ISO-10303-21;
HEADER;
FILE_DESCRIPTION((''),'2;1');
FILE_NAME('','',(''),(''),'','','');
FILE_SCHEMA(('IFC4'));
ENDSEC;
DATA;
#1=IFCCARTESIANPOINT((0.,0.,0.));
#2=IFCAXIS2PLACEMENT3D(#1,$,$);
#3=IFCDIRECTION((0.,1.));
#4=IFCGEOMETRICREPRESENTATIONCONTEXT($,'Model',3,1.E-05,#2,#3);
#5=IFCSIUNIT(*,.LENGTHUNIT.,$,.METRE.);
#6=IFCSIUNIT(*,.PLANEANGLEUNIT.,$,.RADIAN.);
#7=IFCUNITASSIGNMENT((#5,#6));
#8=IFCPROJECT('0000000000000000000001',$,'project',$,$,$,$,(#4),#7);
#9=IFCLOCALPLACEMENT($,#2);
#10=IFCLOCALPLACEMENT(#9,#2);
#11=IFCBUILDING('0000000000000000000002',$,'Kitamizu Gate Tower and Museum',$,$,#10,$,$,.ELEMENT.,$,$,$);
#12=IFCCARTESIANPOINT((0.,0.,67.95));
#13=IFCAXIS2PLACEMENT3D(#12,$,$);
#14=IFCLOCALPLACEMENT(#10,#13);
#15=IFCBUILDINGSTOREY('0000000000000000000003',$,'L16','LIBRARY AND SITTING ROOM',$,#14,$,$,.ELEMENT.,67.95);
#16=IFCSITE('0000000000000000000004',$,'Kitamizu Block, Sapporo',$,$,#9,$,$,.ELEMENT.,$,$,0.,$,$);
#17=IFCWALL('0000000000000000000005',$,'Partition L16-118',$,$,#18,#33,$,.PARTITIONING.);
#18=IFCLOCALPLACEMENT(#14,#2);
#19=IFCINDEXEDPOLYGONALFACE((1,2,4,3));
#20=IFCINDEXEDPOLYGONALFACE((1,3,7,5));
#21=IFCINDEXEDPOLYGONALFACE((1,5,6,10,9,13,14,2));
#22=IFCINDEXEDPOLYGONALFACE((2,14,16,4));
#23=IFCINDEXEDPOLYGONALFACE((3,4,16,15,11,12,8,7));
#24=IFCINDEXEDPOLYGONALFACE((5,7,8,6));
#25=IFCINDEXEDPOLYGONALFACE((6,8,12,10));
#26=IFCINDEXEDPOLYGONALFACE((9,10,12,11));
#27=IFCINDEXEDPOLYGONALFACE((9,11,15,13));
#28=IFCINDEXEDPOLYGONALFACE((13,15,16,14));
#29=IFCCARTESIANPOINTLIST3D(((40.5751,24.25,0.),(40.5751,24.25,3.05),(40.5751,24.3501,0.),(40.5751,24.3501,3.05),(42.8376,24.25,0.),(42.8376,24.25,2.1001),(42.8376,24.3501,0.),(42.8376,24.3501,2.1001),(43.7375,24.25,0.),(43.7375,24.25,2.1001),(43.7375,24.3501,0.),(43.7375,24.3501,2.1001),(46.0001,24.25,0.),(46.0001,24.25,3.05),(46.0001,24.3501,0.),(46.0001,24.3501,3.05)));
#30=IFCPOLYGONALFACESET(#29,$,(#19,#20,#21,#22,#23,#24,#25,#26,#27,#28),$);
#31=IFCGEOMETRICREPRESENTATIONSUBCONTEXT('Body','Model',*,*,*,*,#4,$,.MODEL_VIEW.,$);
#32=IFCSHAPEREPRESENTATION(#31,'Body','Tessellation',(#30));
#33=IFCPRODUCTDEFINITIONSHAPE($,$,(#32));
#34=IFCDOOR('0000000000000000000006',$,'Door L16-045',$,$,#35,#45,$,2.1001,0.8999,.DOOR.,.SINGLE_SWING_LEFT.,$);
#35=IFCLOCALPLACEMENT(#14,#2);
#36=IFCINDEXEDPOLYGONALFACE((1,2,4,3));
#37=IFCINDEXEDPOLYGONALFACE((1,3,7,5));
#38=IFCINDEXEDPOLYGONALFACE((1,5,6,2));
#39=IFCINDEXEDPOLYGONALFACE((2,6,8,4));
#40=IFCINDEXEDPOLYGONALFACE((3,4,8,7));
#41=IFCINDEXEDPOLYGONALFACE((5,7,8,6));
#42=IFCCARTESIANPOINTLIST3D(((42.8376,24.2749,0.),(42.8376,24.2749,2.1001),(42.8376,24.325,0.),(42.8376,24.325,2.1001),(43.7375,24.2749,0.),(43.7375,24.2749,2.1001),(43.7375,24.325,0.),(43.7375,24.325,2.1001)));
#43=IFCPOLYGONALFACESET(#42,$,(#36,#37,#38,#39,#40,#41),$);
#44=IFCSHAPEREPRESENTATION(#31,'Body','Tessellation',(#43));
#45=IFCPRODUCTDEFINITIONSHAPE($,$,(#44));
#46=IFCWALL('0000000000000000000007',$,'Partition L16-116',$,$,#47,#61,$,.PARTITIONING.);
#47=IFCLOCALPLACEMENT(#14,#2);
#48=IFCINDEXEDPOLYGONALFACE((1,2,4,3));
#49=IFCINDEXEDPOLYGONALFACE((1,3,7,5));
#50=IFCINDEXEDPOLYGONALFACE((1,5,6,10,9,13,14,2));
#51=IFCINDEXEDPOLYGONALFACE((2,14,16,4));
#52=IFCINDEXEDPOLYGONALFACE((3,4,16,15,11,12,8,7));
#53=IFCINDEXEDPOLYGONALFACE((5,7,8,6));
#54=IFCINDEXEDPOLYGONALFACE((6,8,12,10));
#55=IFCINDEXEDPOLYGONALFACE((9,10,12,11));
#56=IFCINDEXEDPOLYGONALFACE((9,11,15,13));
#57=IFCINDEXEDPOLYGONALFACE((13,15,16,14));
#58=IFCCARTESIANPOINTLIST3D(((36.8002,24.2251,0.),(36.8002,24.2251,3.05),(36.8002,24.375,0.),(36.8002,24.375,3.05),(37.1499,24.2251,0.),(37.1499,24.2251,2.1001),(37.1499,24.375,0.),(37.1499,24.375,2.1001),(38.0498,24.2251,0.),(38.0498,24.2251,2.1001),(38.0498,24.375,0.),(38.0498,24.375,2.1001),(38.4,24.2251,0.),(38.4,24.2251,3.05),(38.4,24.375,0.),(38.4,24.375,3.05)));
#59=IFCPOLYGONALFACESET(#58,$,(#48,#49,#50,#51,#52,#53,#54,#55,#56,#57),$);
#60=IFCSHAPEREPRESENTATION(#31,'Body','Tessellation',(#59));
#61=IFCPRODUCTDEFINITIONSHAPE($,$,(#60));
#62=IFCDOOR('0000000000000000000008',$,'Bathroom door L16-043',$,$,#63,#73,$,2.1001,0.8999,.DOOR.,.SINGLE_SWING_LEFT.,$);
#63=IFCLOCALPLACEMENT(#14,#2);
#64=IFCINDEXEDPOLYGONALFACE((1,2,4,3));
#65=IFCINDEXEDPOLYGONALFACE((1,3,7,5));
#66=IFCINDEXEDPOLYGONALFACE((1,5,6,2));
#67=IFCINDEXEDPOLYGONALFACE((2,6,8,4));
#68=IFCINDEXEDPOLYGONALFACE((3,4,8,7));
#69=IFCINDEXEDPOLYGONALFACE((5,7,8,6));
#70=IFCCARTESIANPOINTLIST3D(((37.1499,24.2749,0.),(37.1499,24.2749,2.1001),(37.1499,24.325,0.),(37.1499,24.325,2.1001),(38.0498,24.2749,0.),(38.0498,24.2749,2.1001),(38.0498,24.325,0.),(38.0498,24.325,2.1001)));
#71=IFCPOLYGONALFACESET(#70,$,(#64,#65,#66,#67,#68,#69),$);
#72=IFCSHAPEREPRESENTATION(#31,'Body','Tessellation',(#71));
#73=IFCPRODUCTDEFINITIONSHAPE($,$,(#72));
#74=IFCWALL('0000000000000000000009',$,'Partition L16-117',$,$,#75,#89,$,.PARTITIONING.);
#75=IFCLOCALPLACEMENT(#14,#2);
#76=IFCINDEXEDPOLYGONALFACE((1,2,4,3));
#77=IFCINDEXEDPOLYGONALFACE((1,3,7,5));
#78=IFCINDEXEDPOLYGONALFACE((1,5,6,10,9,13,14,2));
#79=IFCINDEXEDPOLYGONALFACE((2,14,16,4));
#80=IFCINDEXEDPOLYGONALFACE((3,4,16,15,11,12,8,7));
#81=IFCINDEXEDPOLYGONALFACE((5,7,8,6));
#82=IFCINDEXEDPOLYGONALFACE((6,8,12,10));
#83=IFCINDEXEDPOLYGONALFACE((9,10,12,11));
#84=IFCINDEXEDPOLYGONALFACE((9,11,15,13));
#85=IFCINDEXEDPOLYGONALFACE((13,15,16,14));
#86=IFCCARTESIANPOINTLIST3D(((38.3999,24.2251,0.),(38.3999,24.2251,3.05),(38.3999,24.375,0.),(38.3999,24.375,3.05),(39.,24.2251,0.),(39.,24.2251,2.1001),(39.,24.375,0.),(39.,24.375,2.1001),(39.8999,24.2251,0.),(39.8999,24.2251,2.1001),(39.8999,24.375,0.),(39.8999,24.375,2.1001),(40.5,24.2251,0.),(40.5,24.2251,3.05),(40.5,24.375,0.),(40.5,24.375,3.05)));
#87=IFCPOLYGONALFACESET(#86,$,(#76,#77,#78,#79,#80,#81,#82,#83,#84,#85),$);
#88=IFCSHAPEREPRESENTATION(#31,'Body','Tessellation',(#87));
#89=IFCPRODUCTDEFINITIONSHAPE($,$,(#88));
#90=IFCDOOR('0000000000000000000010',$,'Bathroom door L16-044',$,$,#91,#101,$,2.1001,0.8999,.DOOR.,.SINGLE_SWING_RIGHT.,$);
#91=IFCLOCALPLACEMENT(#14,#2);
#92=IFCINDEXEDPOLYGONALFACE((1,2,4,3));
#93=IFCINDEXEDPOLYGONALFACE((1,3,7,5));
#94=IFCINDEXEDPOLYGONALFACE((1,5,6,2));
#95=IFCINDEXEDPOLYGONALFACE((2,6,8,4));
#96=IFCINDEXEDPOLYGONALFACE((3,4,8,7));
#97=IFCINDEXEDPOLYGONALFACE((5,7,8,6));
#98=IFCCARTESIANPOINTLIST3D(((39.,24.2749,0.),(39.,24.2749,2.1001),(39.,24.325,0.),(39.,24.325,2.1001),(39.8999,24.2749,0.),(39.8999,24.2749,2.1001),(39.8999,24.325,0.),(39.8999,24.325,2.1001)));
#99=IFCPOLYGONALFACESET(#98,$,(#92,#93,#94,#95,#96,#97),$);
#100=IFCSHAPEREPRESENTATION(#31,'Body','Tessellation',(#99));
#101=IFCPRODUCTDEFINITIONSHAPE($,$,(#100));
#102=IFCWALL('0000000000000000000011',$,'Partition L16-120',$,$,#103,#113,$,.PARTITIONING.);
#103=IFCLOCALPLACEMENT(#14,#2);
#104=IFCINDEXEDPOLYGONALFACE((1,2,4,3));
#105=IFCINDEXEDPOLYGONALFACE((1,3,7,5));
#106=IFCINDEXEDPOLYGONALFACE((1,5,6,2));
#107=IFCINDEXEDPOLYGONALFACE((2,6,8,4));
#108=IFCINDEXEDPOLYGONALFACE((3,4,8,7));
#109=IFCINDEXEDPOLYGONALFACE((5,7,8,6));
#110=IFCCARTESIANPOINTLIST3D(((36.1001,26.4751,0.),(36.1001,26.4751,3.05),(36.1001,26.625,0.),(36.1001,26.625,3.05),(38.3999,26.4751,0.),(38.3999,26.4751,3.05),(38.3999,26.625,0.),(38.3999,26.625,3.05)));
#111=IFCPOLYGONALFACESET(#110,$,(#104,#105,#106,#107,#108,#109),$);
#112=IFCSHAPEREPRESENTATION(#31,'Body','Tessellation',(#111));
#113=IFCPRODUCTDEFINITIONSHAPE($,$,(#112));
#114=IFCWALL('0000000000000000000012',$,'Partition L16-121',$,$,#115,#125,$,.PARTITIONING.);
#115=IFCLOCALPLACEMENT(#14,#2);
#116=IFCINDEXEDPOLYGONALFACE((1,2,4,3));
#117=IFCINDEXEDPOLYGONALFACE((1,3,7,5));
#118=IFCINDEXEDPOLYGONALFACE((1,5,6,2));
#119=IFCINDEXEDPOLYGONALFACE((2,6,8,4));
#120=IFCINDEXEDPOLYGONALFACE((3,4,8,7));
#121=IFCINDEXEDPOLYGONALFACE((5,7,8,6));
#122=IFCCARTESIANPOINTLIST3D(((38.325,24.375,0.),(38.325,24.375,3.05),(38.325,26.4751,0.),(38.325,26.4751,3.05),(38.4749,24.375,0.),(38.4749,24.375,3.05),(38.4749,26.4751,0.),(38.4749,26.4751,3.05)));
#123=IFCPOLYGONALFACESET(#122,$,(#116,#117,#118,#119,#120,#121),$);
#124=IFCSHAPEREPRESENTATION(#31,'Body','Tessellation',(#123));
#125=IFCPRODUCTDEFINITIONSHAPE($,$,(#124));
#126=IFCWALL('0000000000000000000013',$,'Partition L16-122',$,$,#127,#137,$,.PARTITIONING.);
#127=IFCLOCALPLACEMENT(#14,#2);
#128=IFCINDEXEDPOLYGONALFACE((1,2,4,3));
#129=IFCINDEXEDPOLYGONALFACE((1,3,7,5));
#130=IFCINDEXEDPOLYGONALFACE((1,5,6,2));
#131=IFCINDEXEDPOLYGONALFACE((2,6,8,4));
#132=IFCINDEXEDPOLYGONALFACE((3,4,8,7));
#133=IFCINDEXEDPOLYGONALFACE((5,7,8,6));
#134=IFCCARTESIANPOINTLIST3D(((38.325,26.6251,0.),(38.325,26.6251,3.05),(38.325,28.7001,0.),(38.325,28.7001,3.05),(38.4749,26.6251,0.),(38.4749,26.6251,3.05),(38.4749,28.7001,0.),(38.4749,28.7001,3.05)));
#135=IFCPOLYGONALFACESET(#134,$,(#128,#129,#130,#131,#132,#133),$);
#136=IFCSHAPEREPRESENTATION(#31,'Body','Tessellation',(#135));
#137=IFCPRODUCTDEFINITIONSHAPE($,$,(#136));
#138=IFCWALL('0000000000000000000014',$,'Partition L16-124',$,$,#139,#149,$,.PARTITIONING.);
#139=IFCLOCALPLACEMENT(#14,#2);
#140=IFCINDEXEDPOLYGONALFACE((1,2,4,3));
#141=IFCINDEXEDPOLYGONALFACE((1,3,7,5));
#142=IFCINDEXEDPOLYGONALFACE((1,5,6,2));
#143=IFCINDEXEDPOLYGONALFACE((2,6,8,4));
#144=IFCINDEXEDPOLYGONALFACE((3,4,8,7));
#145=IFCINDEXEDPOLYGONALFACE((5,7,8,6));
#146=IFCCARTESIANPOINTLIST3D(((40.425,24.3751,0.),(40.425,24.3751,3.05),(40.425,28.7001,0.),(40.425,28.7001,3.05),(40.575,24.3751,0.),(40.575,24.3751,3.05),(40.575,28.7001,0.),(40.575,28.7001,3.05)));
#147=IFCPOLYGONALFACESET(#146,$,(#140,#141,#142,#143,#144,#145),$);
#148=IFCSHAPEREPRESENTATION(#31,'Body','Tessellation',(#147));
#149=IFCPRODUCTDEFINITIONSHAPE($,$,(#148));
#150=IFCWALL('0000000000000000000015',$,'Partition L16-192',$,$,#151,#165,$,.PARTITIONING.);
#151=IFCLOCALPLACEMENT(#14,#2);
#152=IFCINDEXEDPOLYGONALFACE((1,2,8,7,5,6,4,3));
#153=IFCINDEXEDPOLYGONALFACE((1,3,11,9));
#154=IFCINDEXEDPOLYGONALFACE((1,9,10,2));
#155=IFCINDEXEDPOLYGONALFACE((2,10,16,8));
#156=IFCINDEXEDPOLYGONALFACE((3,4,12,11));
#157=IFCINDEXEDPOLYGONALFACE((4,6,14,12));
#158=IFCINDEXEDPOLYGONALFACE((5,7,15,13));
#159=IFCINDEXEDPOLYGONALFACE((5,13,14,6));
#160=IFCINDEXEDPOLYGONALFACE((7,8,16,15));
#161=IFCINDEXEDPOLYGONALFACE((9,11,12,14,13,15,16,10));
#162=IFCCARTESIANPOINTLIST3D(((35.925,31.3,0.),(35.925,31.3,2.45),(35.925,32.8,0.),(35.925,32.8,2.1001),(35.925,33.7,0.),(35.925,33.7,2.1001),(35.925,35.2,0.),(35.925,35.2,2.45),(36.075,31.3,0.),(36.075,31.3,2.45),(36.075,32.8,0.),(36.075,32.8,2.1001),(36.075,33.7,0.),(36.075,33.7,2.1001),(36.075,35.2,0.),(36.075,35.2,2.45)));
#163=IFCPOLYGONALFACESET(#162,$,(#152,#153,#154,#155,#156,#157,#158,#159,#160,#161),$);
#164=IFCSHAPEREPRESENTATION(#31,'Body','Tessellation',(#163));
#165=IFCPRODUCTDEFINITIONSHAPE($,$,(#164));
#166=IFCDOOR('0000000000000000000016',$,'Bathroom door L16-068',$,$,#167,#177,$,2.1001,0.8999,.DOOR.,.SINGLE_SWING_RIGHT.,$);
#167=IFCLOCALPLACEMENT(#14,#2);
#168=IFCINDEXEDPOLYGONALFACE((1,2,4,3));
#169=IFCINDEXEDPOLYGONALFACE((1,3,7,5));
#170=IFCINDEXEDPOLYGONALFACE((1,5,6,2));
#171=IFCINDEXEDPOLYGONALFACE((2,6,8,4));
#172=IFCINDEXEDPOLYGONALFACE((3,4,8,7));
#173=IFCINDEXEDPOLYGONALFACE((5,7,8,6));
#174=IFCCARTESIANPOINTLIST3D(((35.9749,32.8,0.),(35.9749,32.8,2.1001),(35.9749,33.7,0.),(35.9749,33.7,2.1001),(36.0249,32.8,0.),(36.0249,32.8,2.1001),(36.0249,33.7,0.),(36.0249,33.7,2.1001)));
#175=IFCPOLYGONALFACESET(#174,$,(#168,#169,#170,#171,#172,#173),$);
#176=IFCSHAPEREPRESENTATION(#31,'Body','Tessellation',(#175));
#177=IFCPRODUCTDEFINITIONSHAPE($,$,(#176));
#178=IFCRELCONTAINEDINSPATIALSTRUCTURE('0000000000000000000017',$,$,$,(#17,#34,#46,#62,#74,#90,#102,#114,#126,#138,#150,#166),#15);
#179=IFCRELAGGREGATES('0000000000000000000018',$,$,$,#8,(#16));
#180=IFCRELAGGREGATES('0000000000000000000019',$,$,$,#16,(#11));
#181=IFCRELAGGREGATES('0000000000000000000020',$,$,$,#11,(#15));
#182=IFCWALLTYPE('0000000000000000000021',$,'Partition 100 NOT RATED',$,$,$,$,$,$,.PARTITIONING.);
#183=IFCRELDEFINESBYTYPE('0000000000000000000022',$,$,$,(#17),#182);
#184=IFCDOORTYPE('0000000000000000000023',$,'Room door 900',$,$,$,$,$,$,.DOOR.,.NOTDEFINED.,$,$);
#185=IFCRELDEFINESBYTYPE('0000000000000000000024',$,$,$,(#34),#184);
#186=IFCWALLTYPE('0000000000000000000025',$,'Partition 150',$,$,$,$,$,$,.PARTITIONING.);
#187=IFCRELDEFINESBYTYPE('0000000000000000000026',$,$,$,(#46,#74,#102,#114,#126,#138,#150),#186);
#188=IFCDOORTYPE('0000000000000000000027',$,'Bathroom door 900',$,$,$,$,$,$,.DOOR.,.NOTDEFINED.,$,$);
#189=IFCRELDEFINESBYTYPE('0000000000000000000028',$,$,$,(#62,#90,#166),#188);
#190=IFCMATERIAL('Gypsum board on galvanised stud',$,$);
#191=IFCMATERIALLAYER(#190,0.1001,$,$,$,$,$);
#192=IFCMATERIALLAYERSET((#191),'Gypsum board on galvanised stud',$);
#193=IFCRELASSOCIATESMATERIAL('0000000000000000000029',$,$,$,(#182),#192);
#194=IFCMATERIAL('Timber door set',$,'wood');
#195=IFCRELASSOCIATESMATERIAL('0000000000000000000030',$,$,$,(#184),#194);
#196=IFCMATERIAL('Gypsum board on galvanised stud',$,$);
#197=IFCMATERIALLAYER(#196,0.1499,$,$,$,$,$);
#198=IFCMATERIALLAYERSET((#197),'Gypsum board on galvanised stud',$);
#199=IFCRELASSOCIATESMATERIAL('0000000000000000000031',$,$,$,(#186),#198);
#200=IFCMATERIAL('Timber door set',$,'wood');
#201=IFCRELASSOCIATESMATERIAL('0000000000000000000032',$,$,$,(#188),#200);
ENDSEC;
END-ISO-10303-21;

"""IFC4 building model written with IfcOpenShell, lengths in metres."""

from ifc_helpers import new_model, si_unit, direction, frame, frame_2d, origin, place, context, subcontext, project, spatial, rectangle, extrude, material, layer, layer_set, type_object, element, fill, save


model = new_model("IFC4")

# Units and contexts
model_context = context("Model", 3, precision=1e-05, world=origin(), true_north=direction((0.0, 1.0)))
body_context = subcontext(model_context, "Body", "Model", "MODEL_VIEW")
ifc_project = project(units=[si_unit("LENGTHUNIT", "METRE"), si_unit("PLANEANGLEUNIT", "RADIAN")], contexts=[model_context])

# Site, building, storey
site_placement = place(None, origin())
site = spatial("IfcSite", under=ifc_project, at=site_placement, Name="Kitamizu Block, Sapporo", CompositionType="ELEMENT", RefElevation=0.0)
building_placement = place(site_placement, origin())
building = spatial("IfcBuilding", under=site, at=building_placement, Name="Kitamizu Gate Tower and Museum", CompositionType="ELEMENT")
storey_placement = place(building_placement, frame((0.0, 0.0, 67.95)))
storey = spatial("IfcBuildingStorey", under=building, at=storey_placement, Name="L16", Description="LIBRARY AND SITTING ROOM", CompositionType="ELEMENT", Elevation=67.95)

# Walls, openings, doors
ifc_material_1 = material(Name="Gypsum board on galvanised stud")
ifc_layer_1 = layer(ifc_material_1, 0.1001)
ifc_layer_set_1 = layer_set([ifc_layer_1], Name="Gypsum board on galvanised stud")
wall_type_1 = type_object("IfcWallType", Name="Partition 100 NOT RATED", PredefinedType="PARTITIONING", material=ifc_layer_set_1)
wall_1_placement = place(storey_placement, frame((46.0, 24.3, 0.0), z_axis=(0.0, 0.0, 1.0), x_axis=(-1.0, 0.0, 0.0)))
wall_1 = element("IfcWall", 1, at=wall_1_placement, inside=storey, type_object=wall_type_1, Name="Partition L16-118", PredefinedType="PARTITIONING", context=body_context, shape_type="SweptSolid", body=[
    extrude(rectangle(XDim=5.425, YDim=0.1001, at=frame_2d((2.7124, 0.0))), origin(), (0.0, 0.0, 1.0), 3.05),
])
opening_1_placement = place(wall_1_placement, frame((2.2625, 0.0, 0.0)))
opening_1 = element("IfcOpeningElement", 2, at=opening_1_placement, cuts=wall_1, PredefinedType="OPENING", context=body_context, shape_type="SweptSolid", body=[
    extrude(rectangle(XDim=0.8999, YDim=2.1001, at=frame_2d((0.45, 1.05))), frame((0.0, 0.0601, 0.0), z_axis=(0.0, -1.0, 0.0), x_axis=(1.0, 0.0, 0.0)), (0.0, 0.0, 1.0), 0.1201),
])
ifc_material_2 = material(Name="Timber door set", Category="wood")
door_type_1 = type_object("IfcDoorType", Name="Room door 900", OperationType="NOTDEFINED", PredefinedType="DOOR", material=ifc_material_2)
door_1_placement = place(opening_1_placement, frame((0.8999, 0.0, 0.0), x_axis=(-1.0, 0.0, 0.0)))
door_1 = element("IfcDoor", 3, at=door_1_placement, inside=storey, type_object=door_type_1, Name="Door L16-045", OperationType="SINGLE_SWING_LEFT", OverallHeight=2.1001, OverallWidth=0.8999, PredefinedType="DOOR", context=body_context, shape_type="SweptSolid", body=[
    extrude(rectangle(XDim=0.8999, YDim=2.1001, at=frame_2d((0.45, 1.05))), frame((0.0, 0.0249, 0.0), z_axis=(0.0, -1.0, 0.0), x_axis=(1.0, 0.0, 0.0)), (0.0, 0.0, 1.0), 0.05),
])
fill(opening_1, door_1)
ifc_material_3 = material(Name="Gypsum board on galvanised stud")
ifc_layer_2 = layer(ifc_material_3, 0.1499)
ifc_layer_set_2 = layer_set([ifc_layer_2], Name="Gypsum board on galvanised stud")
wall_type_2 = type_object("IfcWallType", Name="Partition 150", PredefinedType="PARTITIONING", material=ifc_layer_set_2)
wall_2_placement = place(storey_placement, frame((38.3999, 24.3, 0.0), z_axis=(0.0, 0.0, 1.0), x_axis=(-1.0, 0.0, 0.0)))
wall_2 = element("IfcWall", 4, at=wall_2_placement, inside=storey, type_object=wall_type_2, Name="Partition L16-116", PredefinedType="PARTITIONING", context=body_context, shape_type="SweptSolid", body=[
    extrude(rectangle(XDim=1.5999, YDim=0.1499, at=frame_2d((0.7998, 0.0))), origin(), (0.0, 0.0, 1.0), 3.05),
])
opening_2_placement = place(wall_2_placement, frame((0.3501, 0.0, 0.0)))
opening_2 = element("IfcOpeningElement", 5, at=opening_2_placement, cuts=wall_2, PredefinedType="OPENING", context=body_context, shape_type="SweptSolid", body=[
    extrude(rectangle(XDim=0.8999, YDim=2.1001, at=frame_2d((0.45, 1.05))), frame((0.0, 0.085, 0.0), z_axis=(0.0, -1.0, 0.0), x_axis=(1.0, 0.0, 0.0)), (0.0, 0.0, 1.0), 0.1699),
])
ifc_material_4 = material(Name="Timber door set", Category="wood")
door_type_2 = type_object("IfcDoorType", Name="Bathroom door 900", OperationType="NOTDEFINED", PredefinedType="DOOR", material=ifc_material_4)
door_2_placement = place(opening_2_placement, frame((0.8999, 0.0, 0.0), x_axis=(-1.0, 0.0, 0.0)))
door_2 = element("IfcDoor", 6, at=door_2_placement, inside=storey, type_object=door_type_2, Name="Bathroom door L16-043", OperationType="SINGLE_SWING_LEFT", OverallHeight=2.1001, OverallWidth=0.8999, PredefinedType="DOOR", context=body_context, shape_type="SweptSolid", body=[
    extrude(rectangle(XDim=0.8999, YDim=2.1001, at=frame_2d((0.45, 1.05))), frame((0.0, 0.0249, 0.0), z_axis=(0.0, -1.0, 0.0), x_axis=(1.0, 0.0, 0.0)), (0.0, 0.0, 1.0), 0.05),
])
fill(opening_2, door_2)
wall_3_placement = place(storey_placement, frame((40.5, 24.3, 0.0), z_axis=(0.0, 0.0, 1.0), x_axis=(-1.0, 0.0, 0.0)))
wall_3 = element("IfcWall", 7, at=wall_3_placement, inside=storey, type_object=wall_type_2, Name="Partition L16-117", PredefinedType="PARTITIONING", context=body_context, shape_type="SweptSolid", body=[
    extrude(rectangle(XDim=2.1001, YDim=0.1499, at=frame_2d((1.05, 0.0))), origin(), (0.0, 0.0, 1.0), 3.05),
])
opening_3_placement = place(wall_3_placement, frame((0.6001, 0.0, 0.0)))
opening_3 = element("IfcOpeningElement", 8, at=opening_3_placement, cuts=wall_3, PredefinedType="OPENING", context=body_context, shape_type="SweptSolid", body=[
    extrude(rectangle(XDim=0.8999, YDim=2.1001, at=frame_2d((0.45, 1.05))), frame((0.0, 0.085, 0.0), z_axis=(0.0, -1.0, 0.0), x_axis=(1.0, 0.0, 0.0)), (0.0, 0.0, 1.0), 0.1699),
])
door_3_placement = place(opening_3_placement, frame((0.8999, 0.0, 0.0), x_axis=(-1.0, 0.0, 0.0)))
door_3 = element("IfcDoor", 9, at=door_3_placement, inside=storey, type_object=door_type_2, Name="Bathroom door L16-044", OperationType="SINGLE_SWING_RIGHT", OverallHeight=2.1001, OverallWidth=0.8999, PredefinedType="DOOR", context=body_context, shape_type="SweptSolid", body=[
    extrude(rectangle(XDim=0.8999, YDim=2.1001, at=frame_2d((0.45, 1.05))), frame((0.0, 0.0249, 0.0), z_axis=(0.0, -1.0, 0.0), x_axis=(1.0, 0.0, 0.0)), (0.0, 0.0, 1.0), 0.05),
])
fill(opening_3, door_3)

# Walls
wall_4_placement = place(storey_placement, frame((38.3999, 26.55, 0.0), z_axis=(0.0, 0.0, 1.0), x_axis=(-1.0, 0.0, 0.0)))
element("IfcWall", 10, at=wall_4_placement, inside=storey, type_object=wall_type_2, Name="Partition L16-120", PredefinedType="PARTITIONING", context=body_context, shape_type="SweptSolid", body=[
    extrude(rectangle(XDim=2.2998, YDim=0.1499, at=frame_2d((1.1499, 0.0))), origin(), (0.0, 0.0, 1.0), 3.05),
])
wall_5_placement = place(storey_placement, frame((38.3999, 24.375, 0.0), z_axis=(0.0, 0.0, 1.0), x_axis=(0.0, 1.0, 0.0)))
element("IfcWall", 11, at=wall_5_placement, inside=storey, type_object=wall_type_2, Name="Partition L16-121", PredefinedType="PARTITIONING", context=body_context, shape_type="SweptSolid", body=[
    extrude(rectangle(XDim=2.1001, YDim=0.1499, at=frame_2d((1.05, 0.0))), origin(), (0.0, 0.0, 1.0), 3.05),
])
wall_6_placement = place(storey_placement, frame((38.3999, 26.625, 0.0), z_axis=(0.0, 0.0, 1.0), x_axis=(0.0, 1.0, 0.0)))
element("IfcWall", 12, at=wall_6_placement, inside=storey, type_object=wall_type_2, Name="Partition L16-122", PredefinedType="PARTITIONING", context=body_context, shape_type="SweptSolid", body=[
    extrude(rectangle(XDim=2.075, YDim=0.1499, at=frame_2d((1.0376, 0.0))), origin(), (0.0, 0.0, 1.0), 3.05),
])
wall_7_placement = place(storey_placement, frame((40.5, 24.375, 0.0), z_axis=(0.0, 0.0, 1.0), x_axis=(0.0, 1.0, 0.0)))
element("IfcWall", 13, at=wall_7_placement, inside=storey, type_object=wall_type_2, Name="Partition L16-124", PredefinedType="PARTITIONING", context=body_context, shape_type="SweptSolid", body=[
    extrude(rectangle(XDim=4.325, YDim=0.1499, at=frame_2d((2.1626, 0.0))), origin(), (0.0, 0.0, 1.0), 3.05),
])

# Wall, opening, door
wall_8_placement = place(storey_placement, frame((36.0, 31.3, 0.0), z_axis=(0.0, 0.0, 1.0), x_axis=(0.0, 1.0, 0.0)))
wall_8 = element("IfcWall", 14, at=wall_8_placement, inside=storey, type_object=wall_type_2, Name="Partition L16-192", PredefinedType="PARTITIONING", context=body_context, shape_type="SweptSolid", body=[
    extrude(rectangle(XDim=3.8999, YDim=0.1499, at=frame_2d((1.95, 0.0))), origin(), (0.0, 0.0, 1.0), 2.45),
])
opening_4_placement = place(wall_8_placement, frame((1.5, 0.0, 0.0)))
opening_4 = element("IfcOpeningElement", 15, at=opening_4_placement, cuts=wall_8, PredefinedType="OPENING", context=body_context, shape_type="SweptSolid", body=[
    extrude(rectangle(XDim=0.8999, YDim=2.1001, at=frame_2d((0.45, 1.05))), frame((0.0, 0.085, 0.0), z_axis=(0.0, -1.0, 0.0), x_axis=(1.0, 0.0, 0.0)), (0.0, 0.0, 1.0), 0.1699),
])
door_4_placement = place(opening_4_placement, frame((0.8999, 0.0, 0.0), x_axis=(-1.0, 0.0, 0.0)))
door_4 = element("IfcDoor", 16, at=door_4_placement, inside=storey, type_object=door_type_2, Name="Bathroom door L16-068", OperationType="SINGLE_SWING_RIGHT", OverallHeight=2.1001, OverallWidth=0.8999, PredefinedType="DOOR", context=body_context, shape_type="SweptSolid", body=[
    extrude(rectangle(XDim=0.8999, YDim=2.1001, at=frame_2d((0.45, 1.05))), frame((0.0, 0.0249, 0.0), z_axis=(0.0, -1.0, 0.0), x_axis=(1.0, 0.0, 0.0)), (0.0, 0.0, 1.0), 0.05),
])
fill(opening_4, door_4)

save(model, "model.ifc")
